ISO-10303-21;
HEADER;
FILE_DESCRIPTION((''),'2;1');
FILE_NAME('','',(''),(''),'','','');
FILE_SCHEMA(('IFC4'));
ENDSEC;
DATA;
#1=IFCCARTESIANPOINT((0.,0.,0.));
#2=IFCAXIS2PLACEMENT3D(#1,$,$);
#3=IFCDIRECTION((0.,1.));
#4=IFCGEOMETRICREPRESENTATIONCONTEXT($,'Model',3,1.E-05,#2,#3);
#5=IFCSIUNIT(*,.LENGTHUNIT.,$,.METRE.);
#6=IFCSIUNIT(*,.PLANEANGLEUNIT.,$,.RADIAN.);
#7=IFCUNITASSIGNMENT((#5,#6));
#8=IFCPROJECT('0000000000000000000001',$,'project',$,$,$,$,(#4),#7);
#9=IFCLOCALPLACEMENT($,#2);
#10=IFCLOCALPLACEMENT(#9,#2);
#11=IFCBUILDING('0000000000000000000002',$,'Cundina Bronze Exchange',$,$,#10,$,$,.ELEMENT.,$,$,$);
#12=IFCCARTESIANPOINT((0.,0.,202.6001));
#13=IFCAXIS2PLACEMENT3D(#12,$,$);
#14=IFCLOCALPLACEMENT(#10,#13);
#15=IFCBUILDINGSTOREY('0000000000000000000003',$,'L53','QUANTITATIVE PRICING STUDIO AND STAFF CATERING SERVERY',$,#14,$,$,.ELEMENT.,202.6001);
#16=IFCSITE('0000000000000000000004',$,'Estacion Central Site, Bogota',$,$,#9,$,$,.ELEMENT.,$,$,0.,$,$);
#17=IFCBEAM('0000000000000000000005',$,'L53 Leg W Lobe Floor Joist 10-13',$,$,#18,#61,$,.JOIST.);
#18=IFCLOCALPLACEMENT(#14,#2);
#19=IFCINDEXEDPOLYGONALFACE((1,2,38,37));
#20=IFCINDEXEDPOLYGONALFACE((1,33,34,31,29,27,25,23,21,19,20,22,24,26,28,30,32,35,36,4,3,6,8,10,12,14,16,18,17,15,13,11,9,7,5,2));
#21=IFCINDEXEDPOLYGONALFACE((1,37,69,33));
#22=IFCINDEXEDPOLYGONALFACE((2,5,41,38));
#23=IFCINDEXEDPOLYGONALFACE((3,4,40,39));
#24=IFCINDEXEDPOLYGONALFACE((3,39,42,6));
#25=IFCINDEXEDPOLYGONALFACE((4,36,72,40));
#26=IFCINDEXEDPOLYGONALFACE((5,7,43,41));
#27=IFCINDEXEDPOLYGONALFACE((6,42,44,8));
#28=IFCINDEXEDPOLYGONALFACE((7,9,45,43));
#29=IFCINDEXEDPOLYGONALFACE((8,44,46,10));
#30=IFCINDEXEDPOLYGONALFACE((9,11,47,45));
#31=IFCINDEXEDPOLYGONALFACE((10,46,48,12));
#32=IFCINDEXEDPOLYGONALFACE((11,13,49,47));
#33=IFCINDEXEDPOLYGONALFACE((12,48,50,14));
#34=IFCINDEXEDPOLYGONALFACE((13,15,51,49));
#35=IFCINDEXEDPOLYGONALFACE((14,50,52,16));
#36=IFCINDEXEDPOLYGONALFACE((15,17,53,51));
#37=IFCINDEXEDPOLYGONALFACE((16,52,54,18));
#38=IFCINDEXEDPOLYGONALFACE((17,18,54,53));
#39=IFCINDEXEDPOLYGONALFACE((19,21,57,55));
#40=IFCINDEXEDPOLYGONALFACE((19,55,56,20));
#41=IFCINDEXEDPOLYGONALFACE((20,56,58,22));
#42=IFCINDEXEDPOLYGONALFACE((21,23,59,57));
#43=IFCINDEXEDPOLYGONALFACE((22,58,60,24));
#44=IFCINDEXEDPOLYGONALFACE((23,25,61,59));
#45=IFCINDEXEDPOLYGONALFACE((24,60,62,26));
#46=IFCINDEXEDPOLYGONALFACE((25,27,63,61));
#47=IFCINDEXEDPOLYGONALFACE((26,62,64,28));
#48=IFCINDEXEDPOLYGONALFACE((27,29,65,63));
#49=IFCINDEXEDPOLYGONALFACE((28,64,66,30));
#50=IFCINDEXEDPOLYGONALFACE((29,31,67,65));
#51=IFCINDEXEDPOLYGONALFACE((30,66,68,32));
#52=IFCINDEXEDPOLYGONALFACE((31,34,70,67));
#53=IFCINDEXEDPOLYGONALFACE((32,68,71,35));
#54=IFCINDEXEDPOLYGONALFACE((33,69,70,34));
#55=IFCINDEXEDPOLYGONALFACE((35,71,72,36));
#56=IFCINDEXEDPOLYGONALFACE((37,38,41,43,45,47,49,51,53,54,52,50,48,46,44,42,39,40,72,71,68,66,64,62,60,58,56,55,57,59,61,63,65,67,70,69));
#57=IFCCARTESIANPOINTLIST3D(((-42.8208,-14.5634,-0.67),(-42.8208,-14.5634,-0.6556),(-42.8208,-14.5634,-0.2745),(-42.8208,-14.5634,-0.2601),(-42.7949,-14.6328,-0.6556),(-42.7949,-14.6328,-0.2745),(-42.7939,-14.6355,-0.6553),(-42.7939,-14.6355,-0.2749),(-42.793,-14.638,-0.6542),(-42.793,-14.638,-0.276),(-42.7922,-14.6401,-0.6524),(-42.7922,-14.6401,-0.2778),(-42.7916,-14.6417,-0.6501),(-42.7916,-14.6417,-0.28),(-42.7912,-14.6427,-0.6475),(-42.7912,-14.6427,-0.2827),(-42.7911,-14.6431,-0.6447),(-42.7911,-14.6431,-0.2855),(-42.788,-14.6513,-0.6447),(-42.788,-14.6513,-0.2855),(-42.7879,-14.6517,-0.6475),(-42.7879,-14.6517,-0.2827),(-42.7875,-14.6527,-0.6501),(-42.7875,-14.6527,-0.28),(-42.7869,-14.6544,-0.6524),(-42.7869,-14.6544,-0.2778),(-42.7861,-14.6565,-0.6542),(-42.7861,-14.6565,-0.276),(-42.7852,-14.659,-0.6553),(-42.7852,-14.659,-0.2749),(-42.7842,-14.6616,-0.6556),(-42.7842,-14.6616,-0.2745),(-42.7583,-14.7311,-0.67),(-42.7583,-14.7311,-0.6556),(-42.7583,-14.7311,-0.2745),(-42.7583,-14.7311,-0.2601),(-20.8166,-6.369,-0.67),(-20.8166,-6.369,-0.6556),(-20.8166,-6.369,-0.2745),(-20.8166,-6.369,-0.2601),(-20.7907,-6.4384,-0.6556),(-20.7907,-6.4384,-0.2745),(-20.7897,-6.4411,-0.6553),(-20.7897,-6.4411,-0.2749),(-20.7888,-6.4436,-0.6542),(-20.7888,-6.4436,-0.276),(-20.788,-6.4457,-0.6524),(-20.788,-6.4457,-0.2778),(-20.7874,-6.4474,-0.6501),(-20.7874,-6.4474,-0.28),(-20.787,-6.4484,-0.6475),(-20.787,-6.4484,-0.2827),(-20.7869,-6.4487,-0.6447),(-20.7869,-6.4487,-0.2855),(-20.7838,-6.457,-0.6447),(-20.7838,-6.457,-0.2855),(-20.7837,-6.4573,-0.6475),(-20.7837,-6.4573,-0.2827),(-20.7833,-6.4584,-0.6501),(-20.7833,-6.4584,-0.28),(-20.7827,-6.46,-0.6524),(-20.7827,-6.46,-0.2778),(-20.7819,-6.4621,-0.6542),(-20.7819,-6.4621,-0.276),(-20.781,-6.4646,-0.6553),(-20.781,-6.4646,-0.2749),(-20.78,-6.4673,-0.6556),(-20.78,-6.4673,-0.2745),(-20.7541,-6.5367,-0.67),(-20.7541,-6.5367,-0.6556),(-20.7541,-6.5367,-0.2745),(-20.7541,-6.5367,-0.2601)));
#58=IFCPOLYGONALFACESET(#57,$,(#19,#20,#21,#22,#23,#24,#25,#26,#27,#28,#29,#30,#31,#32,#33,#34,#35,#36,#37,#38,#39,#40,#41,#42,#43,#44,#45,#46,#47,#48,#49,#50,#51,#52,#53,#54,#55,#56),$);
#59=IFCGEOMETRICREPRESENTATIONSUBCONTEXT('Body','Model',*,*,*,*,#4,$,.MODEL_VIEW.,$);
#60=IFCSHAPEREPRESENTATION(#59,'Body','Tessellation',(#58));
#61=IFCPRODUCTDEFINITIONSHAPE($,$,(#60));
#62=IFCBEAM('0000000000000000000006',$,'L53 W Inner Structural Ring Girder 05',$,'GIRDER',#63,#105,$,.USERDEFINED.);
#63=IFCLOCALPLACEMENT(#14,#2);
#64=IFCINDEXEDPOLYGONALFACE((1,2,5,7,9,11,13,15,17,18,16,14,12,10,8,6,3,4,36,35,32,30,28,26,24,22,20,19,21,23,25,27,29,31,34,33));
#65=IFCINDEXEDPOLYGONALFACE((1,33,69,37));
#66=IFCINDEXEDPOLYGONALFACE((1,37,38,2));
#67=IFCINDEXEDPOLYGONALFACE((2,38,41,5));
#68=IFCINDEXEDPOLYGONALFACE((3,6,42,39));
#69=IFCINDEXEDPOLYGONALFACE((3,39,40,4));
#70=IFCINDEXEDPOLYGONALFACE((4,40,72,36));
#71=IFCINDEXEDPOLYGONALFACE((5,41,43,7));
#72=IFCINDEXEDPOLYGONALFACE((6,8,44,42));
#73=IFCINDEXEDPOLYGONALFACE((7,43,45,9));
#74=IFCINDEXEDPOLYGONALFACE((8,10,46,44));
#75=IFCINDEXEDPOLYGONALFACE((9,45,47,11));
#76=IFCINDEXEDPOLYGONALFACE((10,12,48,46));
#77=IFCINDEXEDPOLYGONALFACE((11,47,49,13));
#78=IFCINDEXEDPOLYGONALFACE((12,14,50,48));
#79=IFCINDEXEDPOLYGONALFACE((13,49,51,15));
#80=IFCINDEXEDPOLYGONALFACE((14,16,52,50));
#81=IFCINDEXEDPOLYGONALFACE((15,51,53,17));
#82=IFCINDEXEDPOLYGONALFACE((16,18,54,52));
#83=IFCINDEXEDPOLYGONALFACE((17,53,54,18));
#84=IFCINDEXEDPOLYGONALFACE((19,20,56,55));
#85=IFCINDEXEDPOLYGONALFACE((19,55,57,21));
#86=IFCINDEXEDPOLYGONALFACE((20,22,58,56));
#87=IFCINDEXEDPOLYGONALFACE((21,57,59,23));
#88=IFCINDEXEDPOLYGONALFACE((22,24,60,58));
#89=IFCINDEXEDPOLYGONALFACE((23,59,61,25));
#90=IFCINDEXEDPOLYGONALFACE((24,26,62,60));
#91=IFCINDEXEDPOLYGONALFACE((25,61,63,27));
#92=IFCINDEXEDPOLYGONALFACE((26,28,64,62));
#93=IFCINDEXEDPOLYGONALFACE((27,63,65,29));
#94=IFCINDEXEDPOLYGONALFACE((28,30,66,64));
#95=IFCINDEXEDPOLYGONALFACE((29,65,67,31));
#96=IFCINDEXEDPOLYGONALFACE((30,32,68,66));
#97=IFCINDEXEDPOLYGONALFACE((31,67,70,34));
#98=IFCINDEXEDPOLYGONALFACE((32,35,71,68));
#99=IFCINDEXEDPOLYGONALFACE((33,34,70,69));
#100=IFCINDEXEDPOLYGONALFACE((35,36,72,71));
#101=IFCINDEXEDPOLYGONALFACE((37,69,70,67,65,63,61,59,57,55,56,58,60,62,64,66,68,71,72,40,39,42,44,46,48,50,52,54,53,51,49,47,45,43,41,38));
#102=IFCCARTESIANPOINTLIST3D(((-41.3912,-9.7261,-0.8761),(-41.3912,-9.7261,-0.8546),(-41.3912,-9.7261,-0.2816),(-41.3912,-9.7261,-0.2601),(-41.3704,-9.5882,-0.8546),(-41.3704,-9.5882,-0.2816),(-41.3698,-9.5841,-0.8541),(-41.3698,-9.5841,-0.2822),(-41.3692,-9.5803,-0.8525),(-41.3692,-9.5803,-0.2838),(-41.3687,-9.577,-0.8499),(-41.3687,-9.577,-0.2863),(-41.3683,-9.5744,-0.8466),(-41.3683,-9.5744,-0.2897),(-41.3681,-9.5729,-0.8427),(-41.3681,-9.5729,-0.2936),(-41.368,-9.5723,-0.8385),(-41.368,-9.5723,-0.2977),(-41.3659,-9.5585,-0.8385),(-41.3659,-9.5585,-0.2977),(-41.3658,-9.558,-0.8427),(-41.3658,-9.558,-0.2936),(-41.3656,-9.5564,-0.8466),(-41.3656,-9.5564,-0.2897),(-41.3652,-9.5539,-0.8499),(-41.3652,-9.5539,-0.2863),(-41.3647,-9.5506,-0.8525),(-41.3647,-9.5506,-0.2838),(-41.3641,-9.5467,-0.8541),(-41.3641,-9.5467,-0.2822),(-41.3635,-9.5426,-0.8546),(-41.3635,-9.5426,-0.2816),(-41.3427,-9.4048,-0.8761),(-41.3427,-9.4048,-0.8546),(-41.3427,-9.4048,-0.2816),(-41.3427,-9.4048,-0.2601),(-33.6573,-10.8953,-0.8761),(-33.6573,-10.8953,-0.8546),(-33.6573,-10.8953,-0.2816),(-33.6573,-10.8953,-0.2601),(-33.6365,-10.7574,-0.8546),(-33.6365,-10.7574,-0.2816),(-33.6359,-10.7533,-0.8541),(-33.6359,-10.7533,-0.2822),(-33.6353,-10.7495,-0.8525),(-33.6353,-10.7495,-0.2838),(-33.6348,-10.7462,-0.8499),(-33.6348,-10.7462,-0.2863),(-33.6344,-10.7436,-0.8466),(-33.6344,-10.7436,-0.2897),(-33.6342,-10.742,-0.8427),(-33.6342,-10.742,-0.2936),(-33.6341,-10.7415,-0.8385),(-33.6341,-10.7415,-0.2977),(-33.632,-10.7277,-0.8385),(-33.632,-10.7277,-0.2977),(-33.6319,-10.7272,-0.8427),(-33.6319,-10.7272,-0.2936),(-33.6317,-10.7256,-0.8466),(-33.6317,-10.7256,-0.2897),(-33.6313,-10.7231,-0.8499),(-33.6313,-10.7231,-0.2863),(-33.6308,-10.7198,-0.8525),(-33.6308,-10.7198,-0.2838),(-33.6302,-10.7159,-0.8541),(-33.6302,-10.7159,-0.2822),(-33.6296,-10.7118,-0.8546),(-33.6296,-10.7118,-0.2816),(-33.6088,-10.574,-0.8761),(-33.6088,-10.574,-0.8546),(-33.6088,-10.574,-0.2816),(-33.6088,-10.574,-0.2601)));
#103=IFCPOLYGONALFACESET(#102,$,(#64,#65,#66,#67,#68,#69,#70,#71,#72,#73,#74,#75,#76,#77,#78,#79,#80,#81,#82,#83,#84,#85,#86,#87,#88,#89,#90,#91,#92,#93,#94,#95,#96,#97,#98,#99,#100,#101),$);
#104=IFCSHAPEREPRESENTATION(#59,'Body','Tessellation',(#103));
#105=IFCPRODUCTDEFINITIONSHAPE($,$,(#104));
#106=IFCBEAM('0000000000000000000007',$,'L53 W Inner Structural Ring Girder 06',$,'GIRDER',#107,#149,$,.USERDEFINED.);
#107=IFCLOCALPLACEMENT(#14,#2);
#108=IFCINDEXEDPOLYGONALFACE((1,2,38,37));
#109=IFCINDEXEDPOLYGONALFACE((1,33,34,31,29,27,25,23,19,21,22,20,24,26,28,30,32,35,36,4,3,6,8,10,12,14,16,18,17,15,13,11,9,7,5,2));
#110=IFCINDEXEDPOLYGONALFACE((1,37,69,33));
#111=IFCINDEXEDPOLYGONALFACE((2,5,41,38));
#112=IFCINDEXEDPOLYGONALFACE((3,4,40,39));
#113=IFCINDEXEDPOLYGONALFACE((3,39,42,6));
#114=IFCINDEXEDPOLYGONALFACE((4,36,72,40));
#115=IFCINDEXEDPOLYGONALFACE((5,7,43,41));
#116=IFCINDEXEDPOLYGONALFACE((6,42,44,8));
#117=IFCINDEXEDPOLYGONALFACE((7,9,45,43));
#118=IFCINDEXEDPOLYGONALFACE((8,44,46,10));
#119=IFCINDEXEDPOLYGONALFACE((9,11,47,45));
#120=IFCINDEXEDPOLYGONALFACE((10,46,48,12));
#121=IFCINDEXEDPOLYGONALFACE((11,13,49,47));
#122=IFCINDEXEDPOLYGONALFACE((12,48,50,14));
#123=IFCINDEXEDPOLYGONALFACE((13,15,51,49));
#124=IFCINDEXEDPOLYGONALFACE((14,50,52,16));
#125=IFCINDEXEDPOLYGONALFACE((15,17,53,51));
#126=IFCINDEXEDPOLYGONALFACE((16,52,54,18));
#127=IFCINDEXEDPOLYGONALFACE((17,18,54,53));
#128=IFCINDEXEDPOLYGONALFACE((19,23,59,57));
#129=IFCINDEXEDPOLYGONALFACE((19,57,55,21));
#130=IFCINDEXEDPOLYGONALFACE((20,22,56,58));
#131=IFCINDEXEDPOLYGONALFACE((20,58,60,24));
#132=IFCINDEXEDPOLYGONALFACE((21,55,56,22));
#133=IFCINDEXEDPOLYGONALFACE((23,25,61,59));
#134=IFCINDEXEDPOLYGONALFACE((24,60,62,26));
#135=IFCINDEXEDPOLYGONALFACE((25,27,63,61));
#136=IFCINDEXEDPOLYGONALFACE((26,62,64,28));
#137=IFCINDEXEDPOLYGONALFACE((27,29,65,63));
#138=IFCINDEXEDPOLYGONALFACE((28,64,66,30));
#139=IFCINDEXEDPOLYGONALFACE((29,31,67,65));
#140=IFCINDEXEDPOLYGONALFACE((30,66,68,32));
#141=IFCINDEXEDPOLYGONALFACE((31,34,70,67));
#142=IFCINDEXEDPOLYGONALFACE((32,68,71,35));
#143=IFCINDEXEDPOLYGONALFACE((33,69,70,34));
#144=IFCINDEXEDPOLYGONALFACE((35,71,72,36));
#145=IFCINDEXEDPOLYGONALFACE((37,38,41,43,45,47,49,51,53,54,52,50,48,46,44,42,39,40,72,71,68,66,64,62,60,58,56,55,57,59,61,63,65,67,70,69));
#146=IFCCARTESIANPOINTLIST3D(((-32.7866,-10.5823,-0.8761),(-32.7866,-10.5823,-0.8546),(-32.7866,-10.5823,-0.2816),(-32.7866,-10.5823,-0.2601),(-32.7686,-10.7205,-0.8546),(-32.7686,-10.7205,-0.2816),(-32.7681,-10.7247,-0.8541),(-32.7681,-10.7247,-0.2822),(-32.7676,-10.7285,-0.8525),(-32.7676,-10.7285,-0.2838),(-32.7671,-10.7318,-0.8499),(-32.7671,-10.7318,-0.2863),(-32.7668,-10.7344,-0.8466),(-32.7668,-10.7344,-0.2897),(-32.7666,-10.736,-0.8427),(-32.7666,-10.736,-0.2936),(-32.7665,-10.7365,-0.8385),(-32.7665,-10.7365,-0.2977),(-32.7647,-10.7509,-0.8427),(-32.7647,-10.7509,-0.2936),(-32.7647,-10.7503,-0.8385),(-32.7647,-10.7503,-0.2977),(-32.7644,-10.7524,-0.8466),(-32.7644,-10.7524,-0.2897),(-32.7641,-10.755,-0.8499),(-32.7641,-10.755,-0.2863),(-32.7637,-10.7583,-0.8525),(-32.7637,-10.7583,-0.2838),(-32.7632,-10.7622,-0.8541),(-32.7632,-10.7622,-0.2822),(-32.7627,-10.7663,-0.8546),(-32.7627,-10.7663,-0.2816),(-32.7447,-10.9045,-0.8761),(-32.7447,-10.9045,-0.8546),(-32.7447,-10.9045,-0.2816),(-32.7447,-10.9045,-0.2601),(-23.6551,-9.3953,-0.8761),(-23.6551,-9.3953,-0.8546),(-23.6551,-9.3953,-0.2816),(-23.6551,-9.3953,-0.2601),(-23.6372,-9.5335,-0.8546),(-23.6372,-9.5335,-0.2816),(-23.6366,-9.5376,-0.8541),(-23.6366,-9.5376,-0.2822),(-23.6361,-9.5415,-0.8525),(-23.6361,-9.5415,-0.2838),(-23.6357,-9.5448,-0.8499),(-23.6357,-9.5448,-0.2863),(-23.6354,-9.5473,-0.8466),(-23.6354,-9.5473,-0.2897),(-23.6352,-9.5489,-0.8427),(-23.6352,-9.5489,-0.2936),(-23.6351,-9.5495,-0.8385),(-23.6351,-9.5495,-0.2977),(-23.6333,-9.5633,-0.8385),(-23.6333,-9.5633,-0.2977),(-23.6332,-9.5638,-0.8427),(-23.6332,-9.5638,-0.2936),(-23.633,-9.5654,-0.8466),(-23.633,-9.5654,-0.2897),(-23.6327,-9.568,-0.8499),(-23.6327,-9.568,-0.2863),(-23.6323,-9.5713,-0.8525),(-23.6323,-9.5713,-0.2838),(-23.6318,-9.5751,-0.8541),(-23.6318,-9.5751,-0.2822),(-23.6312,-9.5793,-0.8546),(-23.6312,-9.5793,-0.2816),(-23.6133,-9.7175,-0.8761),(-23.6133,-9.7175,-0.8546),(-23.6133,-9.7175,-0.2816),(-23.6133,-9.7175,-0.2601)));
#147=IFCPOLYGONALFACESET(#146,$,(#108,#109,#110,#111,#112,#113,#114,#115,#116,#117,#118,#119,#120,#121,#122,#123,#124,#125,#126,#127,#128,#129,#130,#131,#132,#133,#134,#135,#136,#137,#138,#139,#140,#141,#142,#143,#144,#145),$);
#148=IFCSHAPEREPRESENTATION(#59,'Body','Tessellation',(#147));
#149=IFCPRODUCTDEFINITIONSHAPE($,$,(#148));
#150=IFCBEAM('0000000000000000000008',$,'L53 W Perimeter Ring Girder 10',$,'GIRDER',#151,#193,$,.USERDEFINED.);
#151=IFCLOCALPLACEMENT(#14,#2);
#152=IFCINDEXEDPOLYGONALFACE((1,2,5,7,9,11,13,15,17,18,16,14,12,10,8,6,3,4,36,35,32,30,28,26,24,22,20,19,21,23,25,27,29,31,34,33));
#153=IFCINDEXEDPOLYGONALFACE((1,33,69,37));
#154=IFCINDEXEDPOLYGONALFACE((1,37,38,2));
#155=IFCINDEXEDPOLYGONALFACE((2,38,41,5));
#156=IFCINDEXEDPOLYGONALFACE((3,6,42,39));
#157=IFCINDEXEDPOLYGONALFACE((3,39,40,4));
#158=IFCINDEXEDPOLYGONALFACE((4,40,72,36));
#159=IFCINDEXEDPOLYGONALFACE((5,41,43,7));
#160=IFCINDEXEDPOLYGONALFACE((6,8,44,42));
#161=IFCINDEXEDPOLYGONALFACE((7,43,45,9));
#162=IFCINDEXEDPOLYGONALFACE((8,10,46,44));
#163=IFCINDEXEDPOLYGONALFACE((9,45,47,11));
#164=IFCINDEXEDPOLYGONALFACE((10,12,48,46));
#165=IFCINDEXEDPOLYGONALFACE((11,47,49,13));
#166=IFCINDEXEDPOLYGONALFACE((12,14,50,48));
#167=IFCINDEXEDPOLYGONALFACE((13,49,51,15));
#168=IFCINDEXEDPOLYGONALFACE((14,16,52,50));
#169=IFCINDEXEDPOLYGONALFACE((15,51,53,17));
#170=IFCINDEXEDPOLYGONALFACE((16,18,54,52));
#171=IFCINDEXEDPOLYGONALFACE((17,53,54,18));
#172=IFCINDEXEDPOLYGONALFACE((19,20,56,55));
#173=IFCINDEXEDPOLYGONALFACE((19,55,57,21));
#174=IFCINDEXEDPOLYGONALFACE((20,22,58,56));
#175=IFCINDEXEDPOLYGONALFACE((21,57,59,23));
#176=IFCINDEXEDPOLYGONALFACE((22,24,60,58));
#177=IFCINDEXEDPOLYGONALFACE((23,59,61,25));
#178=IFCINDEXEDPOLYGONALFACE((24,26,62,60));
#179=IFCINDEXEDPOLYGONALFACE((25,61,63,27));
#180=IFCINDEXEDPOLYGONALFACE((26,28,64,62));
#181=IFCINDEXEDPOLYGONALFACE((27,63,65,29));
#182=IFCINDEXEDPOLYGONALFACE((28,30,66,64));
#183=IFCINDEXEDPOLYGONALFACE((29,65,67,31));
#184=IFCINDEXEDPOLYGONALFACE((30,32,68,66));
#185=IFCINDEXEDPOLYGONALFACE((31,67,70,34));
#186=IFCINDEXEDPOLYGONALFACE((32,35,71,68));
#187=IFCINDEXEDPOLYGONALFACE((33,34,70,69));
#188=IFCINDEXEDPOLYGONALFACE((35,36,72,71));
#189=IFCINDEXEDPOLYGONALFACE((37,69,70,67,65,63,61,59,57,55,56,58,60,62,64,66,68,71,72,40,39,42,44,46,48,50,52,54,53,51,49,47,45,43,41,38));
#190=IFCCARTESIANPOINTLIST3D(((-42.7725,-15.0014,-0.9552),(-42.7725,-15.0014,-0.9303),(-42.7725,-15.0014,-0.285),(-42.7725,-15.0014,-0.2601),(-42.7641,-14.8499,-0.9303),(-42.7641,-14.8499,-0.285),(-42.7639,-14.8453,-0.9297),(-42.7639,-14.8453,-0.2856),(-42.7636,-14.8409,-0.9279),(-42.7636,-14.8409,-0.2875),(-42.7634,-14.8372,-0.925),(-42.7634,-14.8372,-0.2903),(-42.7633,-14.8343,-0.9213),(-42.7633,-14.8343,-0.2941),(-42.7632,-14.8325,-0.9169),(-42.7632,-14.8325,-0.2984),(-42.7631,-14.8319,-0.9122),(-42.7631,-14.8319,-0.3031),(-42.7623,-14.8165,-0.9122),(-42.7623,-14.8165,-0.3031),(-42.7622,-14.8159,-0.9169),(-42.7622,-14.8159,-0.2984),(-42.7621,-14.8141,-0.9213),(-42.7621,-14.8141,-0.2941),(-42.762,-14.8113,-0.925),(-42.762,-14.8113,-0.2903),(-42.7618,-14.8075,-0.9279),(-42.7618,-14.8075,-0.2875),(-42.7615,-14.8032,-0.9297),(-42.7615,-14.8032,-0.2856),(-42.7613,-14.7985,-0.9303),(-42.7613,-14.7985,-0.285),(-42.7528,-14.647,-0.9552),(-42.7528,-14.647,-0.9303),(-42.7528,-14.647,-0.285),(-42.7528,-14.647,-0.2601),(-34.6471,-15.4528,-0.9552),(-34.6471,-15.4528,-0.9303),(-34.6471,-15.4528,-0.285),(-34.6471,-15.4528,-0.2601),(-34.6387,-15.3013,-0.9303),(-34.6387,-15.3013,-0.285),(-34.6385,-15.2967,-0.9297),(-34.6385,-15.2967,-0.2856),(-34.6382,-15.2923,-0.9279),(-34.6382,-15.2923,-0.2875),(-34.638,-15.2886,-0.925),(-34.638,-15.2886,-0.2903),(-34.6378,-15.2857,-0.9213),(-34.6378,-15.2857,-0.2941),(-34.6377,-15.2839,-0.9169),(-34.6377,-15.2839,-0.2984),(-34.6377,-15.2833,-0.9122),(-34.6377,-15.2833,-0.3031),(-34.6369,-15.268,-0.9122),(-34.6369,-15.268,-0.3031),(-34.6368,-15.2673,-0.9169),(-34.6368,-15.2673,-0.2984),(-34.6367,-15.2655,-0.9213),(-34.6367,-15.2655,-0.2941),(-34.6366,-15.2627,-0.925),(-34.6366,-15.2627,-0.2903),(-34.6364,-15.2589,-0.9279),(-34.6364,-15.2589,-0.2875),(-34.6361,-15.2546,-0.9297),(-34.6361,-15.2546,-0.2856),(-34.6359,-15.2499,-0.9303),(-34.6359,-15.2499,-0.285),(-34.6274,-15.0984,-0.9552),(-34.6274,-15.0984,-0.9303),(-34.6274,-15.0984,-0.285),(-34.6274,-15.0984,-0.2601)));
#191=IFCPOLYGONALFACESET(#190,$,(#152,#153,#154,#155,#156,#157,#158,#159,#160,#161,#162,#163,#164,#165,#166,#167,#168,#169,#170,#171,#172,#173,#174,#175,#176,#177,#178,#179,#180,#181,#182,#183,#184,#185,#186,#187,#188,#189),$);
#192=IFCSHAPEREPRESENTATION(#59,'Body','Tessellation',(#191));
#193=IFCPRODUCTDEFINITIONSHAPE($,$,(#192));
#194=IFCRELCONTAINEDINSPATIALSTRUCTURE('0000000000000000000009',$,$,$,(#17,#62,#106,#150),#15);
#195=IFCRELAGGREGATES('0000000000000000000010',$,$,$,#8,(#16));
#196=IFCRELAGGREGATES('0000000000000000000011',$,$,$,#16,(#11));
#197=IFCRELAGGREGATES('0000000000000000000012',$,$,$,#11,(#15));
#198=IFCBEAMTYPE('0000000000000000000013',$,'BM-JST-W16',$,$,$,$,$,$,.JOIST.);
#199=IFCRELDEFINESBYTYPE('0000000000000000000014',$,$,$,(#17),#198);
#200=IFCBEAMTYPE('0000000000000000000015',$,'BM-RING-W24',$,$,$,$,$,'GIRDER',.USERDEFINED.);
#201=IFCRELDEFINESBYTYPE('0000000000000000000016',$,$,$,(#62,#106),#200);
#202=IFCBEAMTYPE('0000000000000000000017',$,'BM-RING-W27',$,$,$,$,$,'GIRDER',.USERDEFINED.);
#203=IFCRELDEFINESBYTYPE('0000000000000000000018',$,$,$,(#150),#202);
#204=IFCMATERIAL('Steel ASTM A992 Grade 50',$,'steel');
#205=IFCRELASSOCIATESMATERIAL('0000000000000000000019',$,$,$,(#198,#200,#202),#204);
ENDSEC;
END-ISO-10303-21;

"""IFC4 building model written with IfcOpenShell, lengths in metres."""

from ifc_helpers import new_model, si_unit, direction, frame, origin, origin_2d, place, context, subcontext, project, spatial, i_section, extrude, material, material_profile, profile_set, type_object, element, save


model = new_model("IFC4")

# Units and contexts
model_context = context("Model", 3, precision=1e-05, world=origin(), true_north=direction((0.0, 1.0)))
body_context = subcontext(model_context, "Body", "Model", "MODEL_VIEW")
ifc_project = project(units=[si_unit("LENGTHUNIT", "METRE"), si_unit("PLANEANGLEUNIT", "RADIAN")], contexts=[model_context])

# Site, building, storey
site_placement = place(None, origin())
site = spatial("IfcSite", under=ifc_project, at=site_placement, Name="Estacion Central Site, Bogota", CompositionType="ELEMENT", RefElevation=0.0)
building_placement = place(site_placement, origin())
building = spatial("IfcBuilding", under=site, at=building_placement, Name="Cundina Bronze Exchange", CompositionType="ELEMENT")
storey_placement = place(building_placement, frame((0.0, 0.0, 202.6001)))
storey = spatial("IfcBuildingStorey", under=building, at=storey_placement, Name="L53", Description="QUANTITATIVE PRICING STUDIO AND STAFF CATERING SERVERY", CompositionType="ELEMENT", Elevation=202.6001)

# Beams
ifc_material_1 = material(Name="Steel ASTM A992 Grade 50", Category="steel")
ifc_material_profile_1 = material_profile(ifc_material_1, i_section(OverallWidth=0.179, OverallDepth=0.4099, WebThickness=0.0088, FlangeThickness=0.0144, FilletRadius=0.011, at=origin_2d()), Name="W16X45", Category="steel")
ifc_profile_set_1 = profile_set([ifc_material_profile_1], Name="Steel ASTM A992 Grade 50")
beam_type_1 = type_object("IfcBeamType", Name="BM-JST-W16", PredefinedType="JOIST", material=ifc_profile_set_1)
beam_1_placement = place(storey_placement, frame((-42.7896, -14.6472, -0.4651), z_axis=(0.937128, 0.348986, 0.0), x_axis=(-0.348986, 0.937128, 0.0)))
element("IfcBeam", 1, at=beam_1_placement, inside=storey, type_object=beam_type_1, Name="L53 Leg W Lobe Floor Joist 10-13", PredefinedType="JOIST", context=body_context, shape_type="SweptSolid", body=[
    extrude(i_section(OverallWidth=0.179, OverallDepth=0.4099, WebThickness=0.0088, FlangeThickness=0.0144, FilletRadius=0.011, at=origin_2d()), origin(), (0.0, 0.0, 1.0), 23.4805),
])
ifc_material_profile_2 = material_profile(ifc_material_1, i_section(OverallWidth=0.325, OverallDepth=0.616, WebThickness=0.0139, FlangeThickness=0.0215, FilletRadius=0.0161, at=origin_2d()), Name="W24X117", Category="steel")
ifc_profile_set_2 = profile_set([ifc_material_profile_2], Name="Steel ASTM A992 Grade 50")
beam_type_2 = type_object("IfcBeamType", Name="BM-RING-W24", ElementType="GIRDER", PredefinedType="USERDEFINED", material=ifc_profile_set_2)
beam_2_placement = place(storey_placement, frame((-41.3669, -9.5654, -0.5681), z_axis=(0.988765, -0.149479, 0.0), x_axis=(0.149479, 0.988765, 0.0)))
element("IfcBeam", 2, at=beam_2_placement, inside=storey, type_object=beam_type_2, Name="L53 W Inner Structural Ring Girder 05", ObjectType="GIRDER", PredefinedType="USERDEFINED", context=body_context, shape_type="SweptSolid", body=[
    extrude(i_section(OverallWidth=0.325, OverallDepth=0.616, WebThickness=0.0139, FlangeThickness=0.0215, FilletRadius=0.0161, at=origin_2d()), origin(), (0.0, 0.0, 1.0), 7.8218),
])
beam_3_placement = place(storey_placement, frame((-32.7656, -10.7434, -0.5681), z_axis=(0.991656, 0.128908, 0.0), x_axis=(-0.128908, 0.991656, 0.0)))
element("IfcBeam", 3, at=beam_3_placement, inside=storey, type_object=beam_type_2, Name="L53 W Inner Structural Ring Girder 06", ObjectType="GIRDER", PredefinedType="USERDEFINED", context=body_context, shape_type="SweptSolid", body=[
    extrude(i_section(OverallWidth=0.325, OverallDepth=0.616, WebThickness=0.0139, FlangeThickness=0.0215, FilletRadius=0.0161, at=origin_2d()), origin(), (0.0, 0.0, 1.0), 9.2083),
])
ifc_material_profile_3 = material_profile(ifc_material_1, i_section(OverallWidth=0.355, OverallDepth=0.6951, WebThickness=0.0154, FlangeThickness=0.0249, FilletRadius=0.0181, at=origin_2d()), Name="W27X146", Category="steel")
ifc_profile_set_3 = profile_set([ifc_material_profile_3], Name="Steel ASTM A992 Grade 50")
beam_type_3 = type_object("IfcBeamType", Name="BM-RING-W27", ElementType="GIRDER", PredefinedType="USERDEFINED", material=ifc_profile_set_3)
for number, where, z_axis, x_axis, name in (
    (4, (-42.7627, -14.8242, -0.6077), (0.99846, -0.05547, 0.0), (0.05547, 0.99846, 0.0), "L53 W Perimeter Ring Girder 10"),
):
    element("IfcBeam", number, at=place(storey_placement, frame(where, z_axis=z_axis, x_axis=x_axis)), inside=storey, type_object=beam_type_3, Name=name, ObjectType="GIRDER", PredefinedType="USERDEFINED", context=body_context, shape_type="SweptSolid", body=[
        extrude(i_section(OverallWidth=0.355, OverallDepth=0.6951, WebThickness=0.0154, FlangeThickness=0.0249, FilletRadius=0.0181, at=origin_2d()), origin(), (0.0, 0.0, 1.0), 8.1379),
    ])

save(model, "model.ifc")
